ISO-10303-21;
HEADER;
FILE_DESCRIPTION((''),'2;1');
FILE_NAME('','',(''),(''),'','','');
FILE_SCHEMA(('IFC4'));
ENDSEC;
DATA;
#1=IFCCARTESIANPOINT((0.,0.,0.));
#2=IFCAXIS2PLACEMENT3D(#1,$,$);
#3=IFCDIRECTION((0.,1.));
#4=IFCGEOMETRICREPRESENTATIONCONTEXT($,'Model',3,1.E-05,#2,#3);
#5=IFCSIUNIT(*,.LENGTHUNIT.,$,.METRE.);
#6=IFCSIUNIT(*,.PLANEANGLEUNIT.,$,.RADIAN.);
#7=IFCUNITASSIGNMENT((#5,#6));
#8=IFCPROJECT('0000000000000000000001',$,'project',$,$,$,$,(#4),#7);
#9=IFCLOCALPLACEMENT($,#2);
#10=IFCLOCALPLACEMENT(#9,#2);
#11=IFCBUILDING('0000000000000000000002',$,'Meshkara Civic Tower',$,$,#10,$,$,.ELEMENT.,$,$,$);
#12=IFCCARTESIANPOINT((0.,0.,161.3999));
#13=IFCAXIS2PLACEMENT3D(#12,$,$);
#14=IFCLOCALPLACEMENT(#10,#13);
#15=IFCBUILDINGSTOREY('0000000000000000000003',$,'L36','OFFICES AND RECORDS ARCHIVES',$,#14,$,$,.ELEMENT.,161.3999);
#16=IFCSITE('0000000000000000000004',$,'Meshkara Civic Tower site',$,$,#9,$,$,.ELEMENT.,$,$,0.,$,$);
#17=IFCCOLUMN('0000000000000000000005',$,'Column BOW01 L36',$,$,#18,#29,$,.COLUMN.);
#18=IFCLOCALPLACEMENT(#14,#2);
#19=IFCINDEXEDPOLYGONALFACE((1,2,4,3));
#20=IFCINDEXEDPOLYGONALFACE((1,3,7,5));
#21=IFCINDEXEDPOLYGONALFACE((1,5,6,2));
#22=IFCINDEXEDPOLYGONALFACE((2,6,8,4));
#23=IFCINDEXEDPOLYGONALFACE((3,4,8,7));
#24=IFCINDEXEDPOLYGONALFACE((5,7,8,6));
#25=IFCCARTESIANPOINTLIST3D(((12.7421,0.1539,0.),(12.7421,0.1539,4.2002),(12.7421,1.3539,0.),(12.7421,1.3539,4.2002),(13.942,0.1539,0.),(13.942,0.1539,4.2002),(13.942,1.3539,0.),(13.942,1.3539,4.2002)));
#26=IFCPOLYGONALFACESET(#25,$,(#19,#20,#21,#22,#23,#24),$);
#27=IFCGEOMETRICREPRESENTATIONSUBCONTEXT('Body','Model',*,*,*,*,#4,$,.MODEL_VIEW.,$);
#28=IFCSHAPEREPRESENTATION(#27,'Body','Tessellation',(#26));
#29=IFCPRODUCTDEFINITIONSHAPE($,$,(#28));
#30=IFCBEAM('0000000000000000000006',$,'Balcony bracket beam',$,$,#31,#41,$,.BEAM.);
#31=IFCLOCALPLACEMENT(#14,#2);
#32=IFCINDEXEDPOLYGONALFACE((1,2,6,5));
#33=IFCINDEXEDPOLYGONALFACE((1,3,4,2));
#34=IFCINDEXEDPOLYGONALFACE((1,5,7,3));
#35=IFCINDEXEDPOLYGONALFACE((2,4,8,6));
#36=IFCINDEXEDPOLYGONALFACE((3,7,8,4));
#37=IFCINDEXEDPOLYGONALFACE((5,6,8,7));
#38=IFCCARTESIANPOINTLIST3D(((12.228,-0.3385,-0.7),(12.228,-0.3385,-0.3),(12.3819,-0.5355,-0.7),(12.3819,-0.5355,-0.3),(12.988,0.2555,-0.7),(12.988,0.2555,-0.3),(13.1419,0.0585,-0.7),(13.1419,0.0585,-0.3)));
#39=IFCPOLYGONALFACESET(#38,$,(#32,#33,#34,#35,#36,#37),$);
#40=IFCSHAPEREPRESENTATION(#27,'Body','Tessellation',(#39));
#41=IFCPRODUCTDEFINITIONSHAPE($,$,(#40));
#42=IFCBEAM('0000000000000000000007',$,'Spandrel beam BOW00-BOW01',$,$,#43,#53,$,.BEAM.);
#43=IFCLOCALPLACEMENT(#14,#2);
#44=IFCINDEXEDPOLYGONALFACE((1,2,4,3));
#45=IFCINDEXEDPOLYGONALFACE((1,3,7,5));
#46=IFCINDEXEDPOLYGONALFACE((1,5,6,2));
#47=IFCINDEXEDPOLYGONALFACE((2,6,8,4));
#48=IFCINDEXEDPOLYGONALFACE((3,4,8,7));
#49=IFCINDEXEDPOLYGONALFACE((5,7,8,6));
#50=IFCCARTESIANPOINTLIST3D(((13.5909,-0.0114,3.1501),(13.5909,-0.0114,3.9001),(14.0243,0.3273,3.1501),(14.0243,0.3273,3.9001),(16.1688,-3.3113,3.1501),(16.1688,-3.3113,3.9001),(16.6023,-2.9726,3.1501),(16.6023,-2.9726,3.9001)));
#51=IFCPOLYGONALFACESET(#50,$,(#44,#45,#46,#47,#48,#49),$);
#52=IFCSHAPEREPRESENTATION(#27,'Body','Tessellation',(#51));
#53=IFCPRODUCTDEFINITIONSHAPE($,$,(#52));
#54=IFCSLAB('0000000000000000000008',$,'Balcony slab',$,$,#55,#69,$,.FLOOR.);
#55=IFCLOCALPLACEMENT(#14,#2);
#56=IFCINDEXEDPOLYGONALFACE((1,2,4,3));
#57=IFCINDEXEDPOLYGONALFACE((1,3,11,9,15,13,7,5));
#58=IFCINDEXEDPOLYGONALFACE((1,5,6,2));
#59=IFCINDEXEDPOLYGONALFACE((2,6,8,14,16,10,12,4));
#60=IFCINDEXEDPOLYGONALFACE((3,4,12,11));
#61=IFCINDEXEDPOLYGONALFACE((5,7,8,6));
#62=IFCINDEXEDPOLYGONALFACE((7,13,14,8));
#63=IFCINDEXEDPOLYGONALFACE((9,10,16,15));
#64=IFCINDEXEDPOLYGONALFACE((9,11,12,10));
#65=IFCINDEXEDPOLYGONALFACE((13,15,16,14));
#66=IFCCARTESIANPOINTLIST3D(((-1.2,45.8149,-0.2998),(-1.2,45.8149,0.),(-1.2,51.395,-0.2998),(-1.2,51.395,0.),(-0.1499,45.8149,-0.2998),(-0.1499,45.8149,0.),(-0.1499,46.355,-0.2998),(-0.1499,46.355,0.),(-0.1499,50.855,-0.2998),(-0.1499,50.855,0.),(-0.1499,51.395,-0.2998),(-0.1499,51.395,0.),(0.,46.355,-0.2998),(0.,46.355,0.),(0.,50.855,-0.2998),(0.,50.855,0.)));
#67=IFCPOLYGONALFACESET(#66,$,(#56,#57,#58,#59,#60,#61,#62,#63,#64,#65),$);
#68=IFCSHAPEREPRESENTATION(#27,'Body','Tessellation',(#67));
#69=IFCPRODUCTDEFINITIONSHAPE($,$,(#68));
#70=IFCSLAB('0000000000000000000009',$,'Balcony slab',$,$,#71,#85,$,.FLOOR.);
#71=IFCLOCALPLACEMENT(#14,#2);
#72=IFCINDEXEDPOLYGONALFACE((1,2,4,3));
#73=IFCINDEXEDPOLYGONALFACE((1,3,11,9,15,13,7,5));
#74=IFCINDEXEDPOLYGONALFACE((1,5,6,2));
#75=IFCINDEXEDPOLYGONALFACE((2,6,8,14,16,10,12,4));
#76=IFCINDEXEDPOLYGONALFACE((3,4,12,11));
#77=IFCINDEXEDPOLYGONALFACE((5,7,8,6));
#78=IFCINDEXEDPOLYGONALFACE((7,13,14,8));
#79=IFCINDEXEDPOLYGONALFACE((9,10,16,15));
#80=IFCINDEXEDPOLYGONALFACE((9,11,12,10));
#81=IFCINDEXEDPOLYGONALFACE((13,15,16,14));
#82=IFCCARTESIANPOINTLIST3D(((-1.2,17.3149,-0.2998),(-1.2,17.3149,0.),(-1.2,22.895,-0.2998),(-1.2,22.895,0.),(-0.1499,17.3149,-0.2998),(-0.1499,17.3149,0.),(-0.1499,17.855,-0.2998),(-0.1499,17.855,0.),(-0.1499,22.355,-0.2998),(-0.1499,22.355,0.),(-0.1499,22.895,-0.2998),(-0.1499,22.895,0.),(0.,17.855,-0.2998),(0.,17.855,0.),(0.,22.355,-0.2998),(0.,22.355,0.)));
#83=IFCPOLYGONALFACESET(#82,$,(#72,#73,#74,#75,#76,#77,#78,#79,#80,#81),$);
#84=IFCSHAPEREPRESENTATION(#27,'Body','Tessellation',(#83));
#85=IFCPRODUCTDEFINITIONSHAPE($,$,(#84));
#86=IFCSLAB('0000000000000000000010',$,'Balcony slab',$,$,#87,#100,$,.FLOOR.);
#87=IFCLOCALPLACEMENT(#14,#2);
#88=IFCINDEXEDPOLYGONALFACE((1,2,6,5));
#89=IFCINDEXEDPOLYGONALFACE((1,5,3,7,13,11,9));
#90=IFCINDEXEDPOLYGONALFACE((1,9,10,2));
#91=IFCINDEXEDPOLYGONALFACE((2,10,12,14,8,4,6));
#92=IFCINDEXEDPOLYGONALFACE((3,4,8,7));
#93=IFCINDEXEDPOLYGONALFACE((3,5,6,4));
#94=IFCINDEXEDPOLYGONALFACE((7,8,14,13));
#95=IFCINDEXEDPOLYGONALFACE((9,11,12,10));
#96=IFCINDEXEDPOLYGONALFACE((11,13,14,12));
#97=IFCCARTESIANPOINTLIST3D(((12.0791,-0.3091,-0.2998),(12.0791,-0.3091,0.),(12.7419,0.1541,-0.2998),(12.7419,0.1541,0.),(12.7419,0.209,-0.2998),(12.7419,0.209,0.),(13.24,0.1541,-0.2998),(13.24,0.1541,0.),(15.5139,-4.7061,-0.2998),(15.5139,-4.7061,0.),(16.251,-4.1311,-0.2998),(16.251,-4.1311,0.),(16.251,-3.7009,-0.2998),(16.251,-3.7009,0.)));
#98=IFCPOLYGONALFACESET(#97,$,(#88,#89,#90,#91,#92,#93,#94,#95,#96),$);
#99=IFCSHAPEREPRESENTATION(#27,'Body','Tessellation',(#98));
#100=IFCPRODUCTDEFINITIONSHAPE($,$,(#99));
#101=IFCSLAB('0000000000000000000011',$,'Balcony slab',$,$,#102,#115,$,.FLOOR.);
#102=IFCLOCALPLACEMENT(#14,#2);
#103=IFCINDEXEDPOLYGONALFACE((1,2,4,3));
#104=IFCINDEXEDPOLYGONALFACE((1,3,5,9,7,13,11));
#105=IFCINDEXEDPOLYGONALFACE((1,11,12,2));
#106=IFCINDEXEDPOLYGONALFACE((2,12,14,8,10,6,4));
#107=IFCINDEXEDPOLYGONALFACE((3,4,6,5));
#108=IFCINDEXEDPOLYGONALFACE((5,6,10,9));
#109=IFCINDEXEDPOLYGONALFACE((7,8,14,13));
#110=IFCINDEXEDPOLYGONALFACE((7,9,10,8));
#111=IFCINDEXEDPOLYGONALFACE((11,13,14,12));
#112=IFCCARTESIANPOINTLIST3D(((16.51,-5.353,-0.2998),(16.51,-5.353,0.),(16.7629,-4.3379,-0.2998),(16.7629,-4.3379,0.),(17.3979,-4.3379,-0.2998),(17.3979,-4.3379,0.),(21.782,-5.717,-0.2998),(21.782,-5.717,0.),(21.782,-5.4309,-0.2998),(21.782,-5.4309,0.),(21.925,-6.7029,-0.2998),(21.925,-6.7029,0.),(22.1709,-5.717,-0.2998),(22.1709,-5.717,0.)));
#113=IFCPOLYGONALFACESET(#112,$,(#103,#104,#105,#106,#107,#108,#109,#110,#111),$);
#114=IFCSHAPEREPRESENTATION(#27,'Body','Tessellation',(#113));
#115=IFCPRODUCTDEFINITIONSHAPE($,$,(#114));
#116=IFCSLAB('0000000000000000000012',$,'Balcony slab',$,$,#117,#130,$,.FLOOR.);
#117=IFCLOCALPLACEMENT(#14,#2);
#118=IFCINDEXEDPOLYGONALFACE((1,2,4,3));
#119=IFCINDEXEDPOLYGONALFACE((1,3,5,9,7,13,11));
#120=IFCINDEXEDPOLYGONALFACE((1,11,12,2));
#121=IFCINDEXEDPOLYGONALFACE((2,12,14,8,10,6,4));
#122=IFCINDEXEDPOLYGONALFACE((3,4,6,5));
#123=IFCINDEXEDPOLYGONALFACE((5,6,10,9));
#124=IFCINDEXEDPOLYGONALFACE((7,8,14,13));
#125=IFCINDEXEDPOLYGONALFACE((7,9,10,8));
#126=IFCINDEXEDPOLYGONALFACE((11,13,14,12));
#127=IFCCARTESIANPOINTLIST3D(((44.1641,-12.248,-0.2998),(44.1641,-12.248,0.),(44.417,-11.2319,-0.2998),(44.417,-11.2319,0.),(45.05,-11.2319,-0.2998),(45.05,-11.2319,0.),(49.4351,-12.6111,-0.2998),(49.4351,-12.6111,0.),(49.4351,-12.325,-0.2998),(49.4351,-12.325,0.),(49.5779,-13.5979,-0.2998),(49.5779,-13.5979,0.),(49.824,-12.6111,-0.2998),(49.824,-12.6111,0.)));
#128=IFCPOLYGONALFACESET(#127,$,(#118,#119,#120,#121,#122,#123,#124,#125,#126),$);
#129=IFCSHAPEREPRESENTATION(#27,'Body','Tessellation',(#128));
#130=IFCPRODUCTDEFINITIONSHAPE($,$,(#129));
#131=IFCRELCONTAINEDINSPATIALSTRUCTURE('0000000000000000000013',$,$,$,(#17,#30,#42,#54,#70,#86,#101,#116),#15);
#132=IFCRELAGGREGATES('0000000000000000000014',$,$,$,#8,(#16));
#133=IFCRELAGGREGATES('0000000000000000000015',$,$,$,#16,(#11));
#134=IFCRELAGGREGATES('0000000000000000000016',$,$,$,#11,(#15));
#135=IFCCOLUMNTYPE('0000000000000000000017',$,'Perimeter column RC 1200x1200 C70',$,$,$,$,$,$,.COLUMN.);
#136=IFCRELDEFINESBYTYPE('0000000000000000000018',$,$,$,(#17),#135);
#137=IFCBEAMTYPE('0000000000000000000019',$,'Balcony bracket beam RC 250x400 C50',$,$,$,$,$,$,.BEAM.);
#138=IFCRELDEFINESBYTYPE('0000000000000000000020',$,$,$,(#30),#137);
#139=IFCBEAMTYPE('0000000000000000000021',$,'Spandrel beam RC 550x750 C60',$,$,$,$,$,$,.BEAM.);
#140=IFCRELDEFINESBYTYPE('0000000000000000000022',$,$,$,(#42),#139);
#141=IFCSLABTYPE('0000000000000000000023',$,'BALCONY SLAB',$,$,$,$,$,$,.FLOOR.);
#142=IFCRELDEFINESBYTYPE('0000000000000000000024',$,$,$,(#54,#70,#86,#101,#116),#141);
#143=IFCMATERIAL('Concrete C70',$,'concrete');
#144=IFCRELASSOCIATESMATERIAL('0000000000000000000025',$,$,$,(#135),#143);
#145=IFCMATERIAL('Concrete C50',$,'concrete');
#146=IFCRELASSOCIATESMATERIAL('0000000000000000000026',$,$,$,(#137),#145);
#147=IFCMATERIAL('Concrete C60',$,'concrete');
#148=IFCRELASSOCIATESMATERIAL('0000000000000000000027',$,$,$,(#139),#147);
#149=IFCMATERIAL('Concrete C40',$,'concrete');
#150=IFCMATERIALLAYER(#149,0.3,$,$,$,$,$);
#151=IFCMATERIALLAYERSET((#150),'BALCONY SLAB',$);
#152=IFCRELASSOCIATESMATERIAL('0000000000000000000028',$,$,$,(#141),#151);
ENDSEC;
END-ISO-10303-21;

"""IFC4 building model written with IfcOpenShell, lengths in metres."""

from ifc_helpers import new_model, si_unit, direction, frame, origin, origin_2d, place, context, subcontext, project, spatial, polyline, rectangle, outline, extrude, material, layer, layer_set, material_profile, profile_set, type_object, element, save


model = new_model("IFC4")

# Units and contexts
model_context = context("Model", 3, precision=1e-05, world=origin(), true_north=direction((0.0, 1.0)))
body_context = subcontext(model_context, "Body", "Model", "MODEL_VIEW")
ifc_project = project(units=[si_unit("LENGTHUNIT", "METRE"), si_unit("PLANEANGLEUNIT", "RADIAN")], contexts=[model_context])

# Site, building, storey
site_placement = place(None, origin())
site = spatial("IfcSite", under=ifc_project, at=site_placement, Name="Meshkara Civic Tower site", CompositionType="ELEMENT", RefElevation=0.0)
building_placement = place(site_placement, origin())
building = spatial("IfcBuilding", under=site, at=building_placement, Name="Meshkara Civic Tower", CompositionType="ELEMENT")
storey_placement = place(building_placement, frame((0.0, 0.0, 161.3999)))
storey = spatial("IfcBuildingStorey", under=building, at=storey_placement, Name="L36", Description="OFFICES AND RECORDS ARCHIVES", CompositionType="ELEMENT", Elevation=161.3999)

# Column
ifc_material_1 = material(Name="Concrete C70", Category="concrete")
ifc_material_profile_1 = material_profile(ifc_material_1, rectangle(XDim=1.2, YDim=1.2, at=origin_2d()))
ifc_profile_set_1 = profile_set([ifc_material_profile_1], Name="Concrete C70")
column_type = type_object("IfcColumnType", Name="Perimeter column RC 1200x1200 C70", PredefinedType="COLUMN", material=ifc_profile_set_1)
column_placement = place(storey_placement, frame((13.342, 0.7539, 0.0), z_axis=(0.0, 0.0, 1.0), x_axis=(1.0, 0.0, 0.0)))
element("IfcColumn", 1, at=column_placement, inside=storey, type_object=column_type, Name="Column BOW01 L36", PredefinedType="COLUMN", context=body_context, shape_type="SweptSolid", body=[
    extrude(rectangle(XDim=1.2, YDim=1.2, at=origin_2d()), origin(), (0.0, 0.0, 1.0), 4.2002),
])

# Beams
ifc_material_2 = material(Name="Concrete C50", Category="concrete")
ifc_material_profile_2 = material_profile(ifc_material_2, rectangle(XDim=0.25, YDim=0.3999, at=origin_2d()))
ifc_profile_set_2 = profile_set([ifc_material_profile_2], Name="Concrete C50")
beam_type_1 = type_object("IfcBeamType", Name="Balcony bracket beam RC 250x400 C50", PredefinedType="BEAM", material=ifc_profile_set_2)
beam_1_placement = place(storey_placement, frame((13.0649, 0.157, -0.5), z_axis=(-0.787905, -0.615796, 0.0), x_axis=(0.615796, -0.787905, 0.0)))
element("IfcBeam", 2, at=beam_1_placement, inside=storey, type_object=beam_type_1, Name="Balcony bracket beam", PredefinedType="BEAM", context=body_context, shape_type="SweptSolid", body=[
    extrude(rectangle(XDim=0.25, YDim=0.3999, at=origin_2d()), origin(), (0.0, 0.0, 1.0), 0.9646),
])
ifc_material_3 = material(Name="Concrete C60", Category="concrete")
ifc_material_profile_3 = material_profile(ifc_material_3, rectangle(XDim=0.55, YDim=0.75, at=origin_2d()))
ifc_profile_set_3 = profile_set([ifc_material_profile_3], Name="Concrete C60")
beam_type_2 = type_object("IfcBeamType", Name="Spandrel beam RC 550x750 C60", PredefinedType="BEAM", material=ifc_profile_set_3)
beam_2_placement = place(storey_placement, frame((13.8076, 0.158, 3.5251), z_axis=(0.61563, -0.788035, 0.0), x_axis=(0.788035, 0.61563, 0.0)))
element("IfcBeam", 3, at=beam_2_placement, inside=storey, type_object=beam_type_2, Name="Spandrel beam BOW00-BOW01", PredefinedType="BEAM", context=body_context, shape_type="SweptSolid", body=[
    extrude(rectangle(XDim=0.55, YDim=0.75, at=origin_2d()), origin(), (0.0, 0.0, 1.0), 4.1875),
])

# Slabs
ifc_material_4 = material(Name="Concrete C40", Category="concrete")
ifc_layer_1 = layer(ifc_material_4, 0.3)
ifc_layer_set_1 = layer_set([ifc_layer_1], Name="BALCONY SLAB")
slab_type_1 = type_object("IfcSlabType", Name="BALCONY SLAB", PredefinedType="FLOOR", material=ifc_layer_set_1)
slab_1_placement = place(storey_placement, frame((0.0, 0.0, -0.2998)))
element("IfcSlab", 4, at=slab_1_placement, inside=storey, type_object=slab_type_1, Name="Balcony slab", PredefinedType="FLOOR", context=body_context, shape_type="SweptSolid", body=[
    extrude(outline(polyline([(-1.2, 45.8149), (-1.2, 51.395), (-0.1499, 51.395), (-0.1499, 50.855), (0.0, 50.855), (0.0, 46.355), (-0.1499, 46.355), (-0.1499, 45.8149), (-1.2, 45.8149)])), origin(), (0.0, 0.0, 1.0), 0.2998),
])
slab_2_placement = place(storey_placement, frame((0.0, 0.0, -0.2998)))
element("IfcSlab", 5, at=slab_2_placement, inside=storey, type_object=slab_type_1, Name="Balcony slab", PredefinedType="FLOOR", context=body_context, shape_type="SweptSolid", body=[
    extrude(outline(polyline([(-1.2, 17.3149), (-1.2, 22.895), (-0.1499, 22.895), (-0.1499, 22.355), (0.0, 22.355), (0.0, 17.855), (-0.1499, 17.855), (-0.1499, 17.3149), (-1.2, 17.3149)])), origin(), (0.0, 0.0, 1.0), 0.2998),
])
slab_3_placement = place(storey_placement, frame((0.0, 0.0, -0.2998)))
element("IfcSlab", 6, at=slab_3_placement, inside=storey, type_object=slab_type_1, Name="Balcony slab", PredefinedType="FLOOR", context=body_context, shape_type="SweptSolid", body=[
    extrude(outline(polyline([(15.5139, -4.7061), (12.0791, -0.3091), (12.7419, 0.209), (12.7419, 0.1541), (13.24, 0.1541), (16.251, -3.7009), (16.251, -4.1311), (15.5139, -4.7061)])), origin(), (0.0, 0.0, 1.0), 0.2998),
])
slab_4_placement = place(storey_placement, frame((0.0, 0.0, -0.2998)))
element("IfcSlab", 7, at=slab_4_placement, inside=storey, type_object=slab_type_1, Name="Balcony slab", PredefinedType="FLOOR", context=body_context, shape_type="SweptSolid", body=[
    extrude(outline(polyline([(21.925, -6.7029), (16.51, -5.353), (16.7629, -4.3379), (17.3979, -4.3379), (21.782, -5.4309), (21.782, -5.717), (22.1709, -5.717), (21.925, -6.7029)])), origin(), (0.0, 0.0, 1.0), 0.2998),
])
slab_5_placement = place(storey_placement, frame((0.0, 0.0, -0.2998)))
element("IfcSlab", 8, at=slab_5_placement, inside=storey, type_object=slab_type_1, Name="Balcony slab", PredefinedType="FLOOR", context=body_context, shape_type="SweptSolid", body=[
    extrude(outline(polyline([(49.5779, -13.5979), (44.1641, -12.248), (44.417, -11.2319), (45.05, -11.2319), (49.4351, -12.325), (49.4351, -12.6111), (49.824, -12.6111), (49.5779, -13.5979)])), origin(), (0.0, 0.0, 1.0), 0.2998),
])

save(model, "model.ifc")
